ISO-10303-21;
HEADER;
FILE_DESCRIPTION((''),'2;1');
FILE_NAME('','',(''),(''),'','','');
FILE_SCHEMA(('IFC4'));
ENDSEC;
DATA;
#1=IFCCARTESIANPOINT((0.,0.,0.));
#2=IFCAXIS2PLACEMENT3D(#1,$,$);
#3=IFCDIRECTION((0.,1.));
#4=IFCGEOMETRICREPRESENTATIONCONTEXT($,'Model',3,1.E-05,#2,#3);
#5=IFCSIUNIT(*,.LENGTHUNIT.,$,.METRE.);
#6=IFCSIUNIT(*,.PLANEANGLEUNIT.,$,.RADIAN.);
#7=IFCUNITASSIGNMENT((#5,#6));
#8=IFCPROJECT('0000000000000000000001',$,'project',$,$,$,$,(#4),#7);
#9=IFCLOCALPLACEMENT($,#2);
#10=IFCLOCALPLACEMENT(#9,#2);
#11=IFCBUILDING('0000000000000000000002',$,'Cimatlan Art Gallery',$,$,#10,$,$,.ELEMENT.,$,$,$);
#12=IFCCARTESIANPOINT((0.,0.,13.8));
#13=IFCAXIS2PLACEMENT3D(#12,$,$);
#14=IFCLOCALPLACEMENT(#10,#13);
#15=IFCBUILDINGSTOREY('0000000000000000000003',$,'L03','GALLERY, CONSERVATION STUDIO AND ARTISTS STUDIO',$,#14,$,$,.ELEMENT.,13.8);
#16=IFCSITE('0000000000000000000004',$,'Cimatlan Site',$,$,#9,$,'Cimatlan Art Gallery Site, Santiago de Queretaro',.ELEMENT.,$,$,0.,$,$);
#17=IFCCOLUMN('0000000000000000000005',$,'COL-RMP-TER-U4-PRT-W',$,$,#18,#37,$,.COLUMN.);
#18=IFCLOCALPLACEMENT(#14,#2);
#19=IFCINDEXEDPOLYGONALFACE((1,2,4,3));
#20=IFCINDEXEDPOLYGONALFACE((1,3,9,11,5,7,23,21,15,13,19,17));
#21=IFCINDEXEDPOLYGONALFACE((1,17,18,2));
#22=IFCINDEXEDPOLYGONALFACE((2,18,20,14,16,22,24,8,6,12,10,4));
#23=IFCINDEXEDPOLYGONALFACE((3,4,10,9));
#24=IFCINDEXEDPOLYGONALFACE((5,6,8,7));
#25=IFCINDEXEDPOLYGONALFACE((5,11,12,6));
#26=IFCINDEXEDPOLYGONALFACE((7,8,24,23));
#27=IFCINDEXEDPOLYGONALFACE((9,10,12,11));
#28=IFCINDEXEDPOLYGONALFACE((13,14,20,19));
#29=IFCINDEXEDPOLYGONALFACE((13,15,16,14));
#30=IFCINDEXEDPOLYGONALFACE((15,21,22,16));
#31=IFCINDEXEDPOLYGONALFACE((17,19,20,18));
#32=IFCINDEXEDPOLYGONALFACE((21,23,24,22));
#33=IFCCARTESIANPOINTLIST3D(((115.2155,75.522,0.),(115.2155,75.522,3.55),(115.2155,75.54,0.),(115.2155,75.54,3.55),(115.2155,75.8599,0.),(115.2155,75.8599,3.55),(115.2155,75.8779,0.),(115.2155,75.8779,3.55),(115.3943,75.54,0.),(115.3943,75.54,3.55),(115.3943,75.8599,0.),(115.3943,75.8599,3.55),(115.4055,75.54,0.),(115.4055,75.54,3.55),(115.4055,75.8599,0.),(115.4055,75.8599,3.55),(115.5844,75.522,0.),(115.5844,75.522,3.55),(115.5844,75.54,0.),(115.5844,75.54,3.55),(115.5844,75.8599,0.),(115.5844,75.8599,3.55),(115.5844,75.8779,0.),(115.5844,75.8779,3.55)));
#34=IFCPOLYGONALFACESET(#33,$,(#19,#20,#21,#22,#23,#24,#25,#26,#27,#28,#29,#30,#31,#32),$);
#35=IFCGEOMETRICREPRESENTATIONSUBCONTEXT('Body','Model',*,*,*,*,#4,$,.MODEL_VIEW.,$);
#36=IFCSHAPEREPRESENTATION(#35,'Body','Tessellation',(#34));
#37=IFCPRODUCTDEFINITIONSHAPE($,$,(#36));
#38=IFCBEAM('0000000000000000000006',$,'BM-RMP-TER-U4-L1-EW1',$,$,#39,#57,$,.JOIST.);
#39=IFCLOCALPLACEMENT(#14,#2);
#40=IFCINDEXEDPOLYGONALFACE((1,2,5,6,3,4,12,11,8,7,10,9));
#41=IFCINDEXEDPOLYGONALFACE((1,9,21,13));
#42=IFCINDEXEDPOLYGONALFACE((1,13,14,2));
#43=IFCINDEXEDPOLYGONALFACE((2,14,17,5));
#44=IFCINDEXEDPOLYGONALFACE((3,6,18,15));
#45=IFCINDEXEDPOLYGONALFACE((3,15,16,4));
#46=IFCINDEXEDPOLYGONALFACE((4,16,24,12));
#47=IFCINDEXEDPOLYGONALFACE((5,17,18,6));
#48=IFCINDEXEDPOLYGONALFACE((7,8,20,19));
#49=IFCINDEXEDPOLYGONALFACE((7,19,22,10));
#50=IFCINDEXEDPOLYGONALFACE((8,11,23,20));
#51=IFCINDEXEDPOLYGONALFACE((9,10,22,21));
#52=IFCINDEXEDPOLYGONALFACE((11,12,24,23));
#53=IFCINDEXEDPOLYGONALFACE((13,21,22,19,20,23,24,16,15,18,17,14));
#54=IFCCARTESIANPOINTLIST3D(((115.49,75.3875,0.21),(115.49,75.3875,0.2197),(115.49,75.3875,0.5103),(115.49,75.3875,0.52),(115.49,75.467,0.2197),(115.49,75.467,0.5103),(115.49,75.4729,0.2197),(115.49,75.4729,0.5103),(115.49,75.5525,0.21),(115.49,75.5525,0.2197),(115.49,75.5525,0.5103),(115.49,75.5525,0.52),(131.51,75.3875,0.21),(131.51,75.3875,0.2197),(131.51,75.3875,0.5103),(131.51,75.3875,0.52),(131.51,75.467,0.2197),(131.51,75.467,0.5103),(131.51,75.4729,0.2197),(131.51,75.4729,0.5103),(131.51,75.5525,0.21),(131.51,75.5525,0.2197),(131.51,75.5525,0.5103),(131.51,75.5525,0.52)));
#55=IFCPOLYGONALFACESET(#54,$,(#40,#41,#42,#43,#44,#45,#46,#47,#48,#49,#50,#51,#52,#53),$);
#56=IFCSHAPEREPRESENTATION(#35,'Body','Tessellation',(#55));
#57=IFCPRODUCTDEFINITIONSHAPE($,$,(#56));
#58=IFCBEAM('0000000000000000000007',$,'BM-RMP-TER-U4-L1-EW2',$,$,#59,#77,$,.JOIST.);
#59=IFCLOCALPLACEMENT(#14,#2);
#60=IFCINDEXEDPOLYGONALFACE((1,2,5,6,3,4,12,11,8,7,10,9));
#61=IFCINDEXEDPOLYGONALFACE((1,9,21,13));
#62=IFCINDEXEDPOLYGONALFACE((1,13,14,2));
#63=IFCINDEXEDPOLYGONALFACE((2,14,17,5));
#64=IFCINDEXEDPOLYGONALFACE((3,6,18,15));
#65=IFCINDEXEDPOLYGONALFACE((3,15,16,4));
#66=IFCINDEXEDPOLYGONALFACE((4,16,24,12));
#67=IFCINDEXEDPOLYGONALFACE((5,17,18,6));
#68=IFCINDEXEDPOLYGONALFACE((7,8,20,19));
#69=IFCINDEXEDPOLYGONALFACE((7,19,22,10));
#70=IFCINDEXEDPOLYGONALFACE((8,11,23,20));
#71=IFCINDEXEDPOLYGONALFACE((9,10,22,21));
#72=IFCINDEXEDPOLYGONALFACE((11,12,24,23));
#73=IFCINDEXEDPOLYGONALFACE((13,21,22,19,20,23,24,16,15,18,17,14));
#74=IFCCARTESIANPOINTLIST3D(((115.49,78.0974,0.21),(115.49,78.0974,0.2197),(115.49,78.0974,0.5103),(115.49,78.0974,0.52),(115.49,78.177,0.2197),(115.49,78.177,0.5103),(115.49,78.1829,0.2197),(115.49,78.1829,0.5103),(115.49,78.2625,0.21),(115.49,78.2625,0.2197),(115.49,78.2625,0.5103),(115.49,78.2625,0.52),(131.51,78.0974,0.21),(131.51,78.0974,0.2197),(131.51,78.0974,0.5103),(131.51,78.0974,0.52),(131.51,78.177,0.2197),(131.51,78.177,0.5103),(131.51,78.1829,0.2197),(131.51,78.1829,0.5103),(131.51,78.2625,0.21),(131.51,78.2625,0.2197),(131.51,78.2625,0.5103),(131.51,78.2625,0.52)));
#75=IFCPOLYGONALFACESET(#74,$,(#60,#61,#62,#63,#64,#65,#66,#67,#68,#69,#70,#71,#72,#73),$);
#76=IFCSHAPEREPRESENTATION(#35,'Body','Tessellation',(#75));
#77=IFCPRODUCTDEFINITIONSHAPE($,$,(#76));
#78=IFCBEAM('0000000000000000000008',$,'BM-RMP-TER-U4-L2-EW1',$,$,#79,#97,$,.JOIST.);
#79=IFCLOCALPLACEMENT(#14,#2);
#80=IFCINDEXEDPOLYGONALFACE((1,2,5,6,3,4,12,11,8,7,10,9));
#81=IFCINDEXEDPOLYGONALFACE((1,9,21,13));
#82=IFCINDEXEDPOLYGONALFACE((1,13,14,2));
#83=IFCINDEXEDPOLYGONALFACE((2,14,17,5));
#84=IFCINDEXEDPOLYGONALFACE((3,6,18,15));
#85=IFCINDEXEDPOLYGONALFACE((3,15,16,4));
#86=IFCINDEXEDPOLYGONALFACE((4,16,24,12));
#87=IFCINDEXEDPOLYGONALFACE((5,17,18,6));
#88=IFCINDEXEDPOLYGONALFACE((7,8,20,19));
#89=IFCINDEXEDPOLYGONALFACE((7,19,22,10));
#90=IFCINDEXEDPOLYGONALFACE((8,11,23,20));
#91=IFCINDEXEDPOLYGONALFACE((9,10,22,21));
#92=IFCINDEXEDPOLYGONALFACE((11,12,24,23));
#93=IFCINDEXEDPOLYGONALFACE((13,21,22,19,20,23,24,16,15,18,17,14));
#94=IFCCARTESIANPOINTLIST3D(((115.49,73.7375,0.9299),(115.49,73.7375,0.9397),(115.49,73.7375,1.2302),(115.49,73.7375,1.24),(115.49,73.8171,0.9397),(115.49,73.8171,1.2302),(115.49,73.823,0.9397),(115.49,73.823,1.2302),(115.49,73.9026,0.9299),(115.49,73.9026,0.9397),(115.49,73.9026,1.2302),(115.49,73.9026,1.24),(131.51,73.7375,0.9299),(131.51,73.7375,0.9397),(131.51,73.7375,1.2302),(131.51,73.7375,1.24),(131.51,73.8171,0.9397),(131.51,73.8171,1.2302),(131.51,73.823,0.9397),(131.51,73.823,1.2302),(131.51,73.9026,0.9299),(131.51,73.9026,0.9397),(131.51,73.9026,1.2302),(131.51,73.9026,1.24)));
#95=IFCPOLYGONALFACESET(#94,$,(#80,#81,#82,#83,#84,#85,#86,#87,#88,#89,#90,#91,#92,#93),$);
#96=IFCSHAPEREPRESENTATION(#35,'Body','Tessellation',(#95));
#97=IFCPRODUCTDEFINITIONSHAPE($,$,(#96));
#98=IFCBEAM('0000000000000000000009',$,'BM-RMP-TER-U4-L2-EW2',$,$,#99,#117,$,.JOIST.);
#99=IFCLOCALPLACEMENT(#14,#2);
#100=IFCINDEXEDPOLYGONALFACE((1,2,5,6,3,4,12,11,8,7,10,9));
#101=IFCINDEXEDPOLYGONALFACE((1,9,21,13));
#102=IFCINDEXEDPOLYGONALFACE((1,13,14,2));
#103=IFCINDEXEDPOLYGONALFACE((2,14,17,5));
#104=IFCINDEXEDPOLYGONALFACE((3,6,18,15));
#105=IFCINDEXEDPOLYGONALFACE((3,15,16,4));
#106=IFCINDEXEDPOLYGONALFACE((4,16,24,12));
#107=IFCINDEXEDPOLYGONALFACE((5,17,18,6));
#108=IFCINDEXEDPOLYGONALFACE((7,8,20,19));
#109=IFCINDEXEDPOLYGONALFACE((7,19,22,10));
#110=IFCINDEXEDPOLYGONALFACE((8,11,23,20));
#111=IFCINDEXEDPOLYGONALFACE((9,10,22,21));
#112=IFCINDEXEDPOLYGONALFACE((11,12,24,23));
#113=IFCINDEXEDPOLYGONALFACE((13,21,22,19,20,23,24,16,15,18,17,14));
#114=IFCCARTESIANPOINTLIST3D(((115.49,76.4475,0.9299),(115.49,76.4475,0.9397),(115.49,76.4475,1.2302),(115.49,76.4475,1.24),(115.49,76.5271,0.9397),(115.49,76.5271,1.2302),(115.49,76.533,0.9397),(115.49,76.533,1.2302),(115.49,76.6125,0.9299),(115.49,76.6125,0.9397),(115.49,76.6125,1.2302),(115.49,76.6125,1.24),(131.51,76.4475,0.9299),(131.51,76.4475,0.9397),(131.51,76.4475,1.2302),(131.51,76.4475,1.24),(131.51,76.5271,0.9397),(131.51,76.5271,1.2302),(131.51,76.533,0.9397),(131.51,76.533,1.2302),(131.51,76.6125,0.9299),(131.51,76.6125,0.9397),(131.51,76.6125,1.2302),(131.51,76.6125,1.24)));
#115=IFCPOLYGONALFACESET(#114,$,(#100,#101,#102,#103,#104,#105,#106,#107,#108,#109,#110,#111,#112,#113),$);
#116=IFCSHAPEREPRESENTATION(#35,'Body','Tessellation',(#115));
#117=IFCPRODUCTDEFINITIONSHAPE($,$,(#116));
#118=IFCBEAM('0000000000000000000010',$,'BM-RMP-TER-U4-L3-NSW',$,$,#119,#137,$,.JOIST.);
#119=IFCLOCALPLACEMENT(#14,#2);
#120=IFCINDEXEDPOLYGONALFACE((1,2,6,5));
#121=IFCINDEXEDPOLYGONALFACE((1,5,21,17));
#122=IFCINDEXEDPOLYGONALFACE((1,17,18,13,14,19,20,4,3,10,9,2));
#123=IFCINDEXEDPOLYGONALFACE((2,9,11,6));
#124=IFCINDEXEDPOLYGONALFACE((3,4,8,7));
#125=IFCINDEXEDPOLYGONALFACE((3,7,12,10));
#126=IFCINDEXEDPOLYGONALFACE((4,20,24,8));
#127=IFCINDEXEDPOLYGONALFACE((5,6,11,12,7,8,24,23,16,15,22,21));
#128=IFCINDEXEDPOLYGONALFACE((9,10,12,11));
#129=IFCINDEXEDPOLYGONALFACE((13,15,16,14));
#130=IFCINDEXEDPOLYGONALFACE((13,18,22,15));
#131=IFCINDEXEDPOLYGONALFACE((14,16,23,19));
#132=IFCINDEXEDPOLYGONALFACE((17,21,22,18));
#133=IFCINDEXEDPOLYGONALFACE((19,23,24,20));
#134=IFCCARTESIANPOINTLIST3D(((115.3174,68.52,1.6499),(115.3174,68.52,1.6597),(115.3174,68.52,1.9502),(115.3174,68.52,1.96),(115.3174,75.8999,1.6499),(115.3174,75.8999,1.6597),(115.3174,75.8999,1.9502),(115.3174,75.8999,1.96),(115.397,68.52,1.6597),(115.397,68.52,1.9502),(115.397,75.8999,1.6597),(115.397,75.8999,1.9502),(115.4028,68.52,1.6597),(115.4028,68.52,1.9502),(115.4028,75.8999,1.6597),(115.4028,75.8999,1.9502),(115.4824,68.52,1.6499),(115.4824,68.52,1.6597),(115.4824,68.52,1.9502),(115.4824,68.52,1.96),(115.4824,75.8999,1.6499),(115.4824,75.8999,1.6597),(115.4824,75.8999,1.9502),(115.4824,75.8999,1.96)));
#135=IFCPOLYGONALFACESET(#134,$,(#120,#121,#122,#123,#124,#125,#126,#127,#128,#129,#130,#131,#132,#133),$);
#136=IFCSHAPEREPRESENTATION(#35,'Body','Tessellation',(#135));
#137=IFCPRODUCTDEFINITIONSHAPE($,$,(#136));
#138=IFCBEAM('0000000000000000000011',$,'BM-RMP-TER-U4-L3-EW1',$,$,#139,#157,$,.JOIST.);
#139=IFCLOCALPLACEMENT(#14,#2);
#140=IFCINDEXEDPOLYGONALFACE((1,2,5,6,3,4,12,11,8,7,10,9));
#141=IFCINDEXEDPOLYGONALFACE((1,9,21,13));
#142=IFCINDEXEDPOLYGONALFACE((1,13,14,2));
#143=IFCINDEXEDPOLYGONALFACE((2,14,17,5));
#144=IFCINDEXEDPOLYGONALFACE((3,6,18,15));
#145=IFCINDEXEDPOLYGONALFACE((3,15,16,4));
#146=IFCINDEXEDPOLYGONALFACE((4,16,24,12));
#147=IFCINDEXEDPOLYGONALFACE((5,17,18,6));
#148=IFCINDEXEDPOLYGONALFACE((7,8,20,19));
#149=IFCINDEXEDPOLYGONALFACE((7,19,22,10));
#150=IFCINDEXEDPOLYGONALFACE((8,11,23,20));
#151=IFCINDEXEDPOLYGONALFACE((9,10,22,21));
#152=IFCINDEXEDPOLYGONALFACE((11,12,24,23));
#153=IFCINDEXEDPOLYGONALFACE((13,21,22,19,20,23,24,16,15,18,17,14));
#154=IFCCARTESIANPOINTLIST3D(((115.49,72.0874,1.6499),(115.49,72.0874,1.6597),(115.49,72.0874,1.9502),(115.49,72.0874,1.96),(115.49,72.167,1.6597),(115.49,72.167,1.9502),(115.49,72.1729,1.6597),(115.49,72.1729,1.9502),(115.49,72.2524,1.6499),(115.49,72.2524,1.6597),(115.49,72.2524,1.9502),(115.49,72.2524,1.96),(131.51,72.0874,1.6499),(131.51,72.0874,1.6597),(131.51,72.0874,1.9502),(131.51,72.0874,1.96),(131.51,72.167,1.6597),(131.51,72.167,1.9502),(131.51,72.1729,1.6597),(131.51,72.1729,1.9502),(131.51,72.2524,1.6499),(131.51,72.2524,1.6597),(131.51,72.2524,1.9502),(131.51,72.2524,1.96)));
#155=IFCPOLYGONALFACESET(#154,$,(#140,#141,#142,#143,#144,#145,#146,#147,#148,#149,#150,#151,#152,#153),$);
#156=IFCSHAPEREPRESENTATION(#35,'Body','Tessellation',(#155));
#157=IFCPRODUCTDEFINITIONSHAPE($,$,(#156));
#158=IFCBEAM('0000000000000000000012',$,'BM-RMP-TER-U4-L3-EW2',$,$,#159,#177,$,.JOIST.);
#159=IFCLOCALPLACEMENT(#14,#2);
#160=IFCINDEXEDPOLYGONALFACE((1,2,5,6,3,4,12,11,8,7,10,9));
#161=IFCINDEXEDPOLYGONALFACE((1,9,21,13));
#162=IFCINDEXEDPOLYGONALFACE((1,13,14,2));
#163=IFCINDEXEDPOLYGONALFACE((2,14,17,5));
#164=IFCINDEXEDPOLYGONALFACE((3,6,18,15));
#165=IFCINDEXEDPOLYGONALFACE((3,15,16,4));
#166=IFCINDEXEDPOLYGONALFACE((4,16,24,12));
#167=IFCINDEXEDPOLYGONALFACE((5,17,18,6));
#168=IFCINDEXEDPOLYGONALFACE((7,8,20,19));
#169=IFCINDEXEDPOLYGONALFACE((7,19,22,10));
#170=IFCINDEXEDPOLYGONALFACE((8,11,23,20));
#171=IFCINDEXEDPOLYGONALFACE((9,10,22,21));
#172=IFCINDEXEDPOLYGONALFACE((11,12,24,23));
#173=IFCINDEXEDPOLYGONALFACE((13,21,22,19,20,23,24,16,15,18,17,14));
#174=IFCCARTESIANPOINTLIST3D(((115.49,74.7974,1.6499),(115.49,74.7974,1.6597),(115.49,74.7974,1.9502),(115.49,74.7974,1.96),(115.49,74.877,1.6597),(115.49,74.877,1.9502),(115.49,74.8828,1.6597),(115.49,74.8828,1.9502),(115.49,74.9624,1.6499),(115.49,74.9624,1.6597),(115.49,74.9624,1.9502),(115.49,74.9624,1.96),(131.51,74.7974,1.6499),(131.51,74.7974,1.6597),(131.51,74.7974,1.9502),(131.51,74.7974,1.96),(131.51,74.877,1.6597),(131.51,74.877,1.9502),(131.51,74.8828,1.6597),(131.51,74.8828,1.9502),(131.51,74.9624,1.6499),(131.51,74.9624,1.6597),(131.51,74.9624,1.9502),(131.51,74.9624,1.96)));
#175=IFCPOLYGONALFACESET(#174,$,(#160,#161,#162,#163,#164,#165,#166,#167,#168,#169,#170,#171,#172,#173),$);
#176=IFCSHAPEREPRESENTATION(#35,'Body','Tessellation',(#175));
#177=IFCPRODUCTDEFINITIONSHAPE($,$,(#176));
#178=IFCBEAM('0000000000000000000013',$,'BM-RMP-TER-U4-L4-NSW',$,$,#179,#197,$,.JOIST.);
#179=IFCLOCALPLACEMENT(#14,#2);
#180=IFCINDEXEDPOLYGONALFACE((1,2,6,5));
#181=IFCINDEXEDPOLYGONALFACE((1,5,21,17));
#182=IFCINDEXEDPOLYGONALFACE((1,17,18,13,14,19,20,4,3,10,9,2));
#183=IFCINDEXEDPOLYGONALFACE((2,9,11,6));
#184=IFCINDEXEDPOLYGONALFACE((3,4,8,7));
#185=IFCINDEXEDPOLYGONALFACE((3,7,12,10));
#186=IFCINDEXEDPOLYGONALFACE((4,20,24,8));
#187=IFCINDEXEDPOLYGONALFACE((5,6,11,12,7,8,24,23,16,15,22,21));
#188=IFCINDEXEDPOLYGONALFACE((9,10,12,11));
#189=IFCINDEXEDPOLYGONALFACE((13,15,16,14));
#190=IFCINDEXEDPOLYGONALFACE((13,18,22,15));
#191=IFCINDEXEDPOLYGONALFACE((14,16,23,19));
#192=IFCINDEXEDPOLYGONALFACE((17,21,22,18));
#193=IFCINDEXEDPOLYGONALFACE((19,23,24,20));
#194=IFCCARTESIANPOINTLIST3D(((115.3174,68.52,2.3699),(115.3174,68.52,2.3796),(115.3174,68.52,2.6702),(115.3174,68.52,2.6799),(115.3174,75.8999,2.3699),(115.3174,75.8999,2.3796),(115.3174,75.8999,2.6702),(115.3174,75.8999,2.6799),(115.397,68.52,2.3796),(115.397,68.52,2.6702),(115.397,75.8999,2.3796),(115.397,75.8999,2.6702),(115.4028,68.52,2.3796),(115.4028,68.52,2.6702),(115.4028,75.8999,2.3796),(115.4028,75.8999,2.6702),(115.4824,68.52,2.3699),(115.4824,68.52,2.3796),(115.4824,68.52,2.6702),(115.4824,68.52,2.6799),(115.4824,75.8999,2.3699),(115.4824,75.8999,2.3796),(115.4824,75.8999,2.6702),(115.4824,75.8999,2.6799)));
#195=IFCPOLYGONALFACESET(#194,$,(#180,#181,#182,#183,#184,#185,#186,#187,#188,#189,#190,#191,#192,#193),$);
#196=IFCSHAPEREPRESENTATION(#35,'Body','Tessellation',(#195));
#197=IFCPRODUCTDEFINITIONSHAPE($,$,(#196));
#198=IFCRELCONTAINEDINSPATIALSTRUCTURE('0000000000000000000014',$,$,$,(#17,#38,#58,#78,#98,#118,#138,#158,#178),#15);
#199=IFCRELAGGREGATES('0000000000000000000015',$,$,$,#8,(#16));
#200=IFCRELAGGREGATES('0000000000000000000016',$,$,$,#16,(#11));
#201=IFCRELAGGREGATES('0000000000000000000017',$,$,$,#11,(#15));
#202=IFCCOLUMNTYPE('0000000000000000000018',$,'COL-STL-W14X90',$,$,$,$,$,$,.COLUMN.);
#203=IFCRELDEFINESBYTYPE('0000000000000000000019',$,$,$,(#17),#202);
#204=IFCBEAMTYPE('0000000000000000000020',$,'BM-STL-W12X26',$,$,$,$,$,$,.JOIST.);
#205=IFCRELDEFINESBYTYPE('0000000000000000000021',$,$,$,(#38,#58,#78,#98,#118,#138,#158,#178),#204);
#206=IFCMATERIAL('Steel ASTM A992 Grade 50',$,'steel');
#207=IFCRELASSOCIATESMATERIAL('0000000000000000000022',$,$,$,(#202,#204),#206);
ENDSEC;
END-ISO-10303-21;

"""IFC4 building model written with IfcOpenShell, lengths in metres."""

from ifc_helpers import new_model, si_unit, direction, frame, origin, origin_2d, place, context, subcontext, project, spatial, i_section, extrude, material, material_profile, profile_set, type_object, element, save


model = new_model("IFC4")

# Units and contexts
model_context = context("Model", 3, precision=1e-05, world=origin(), true_north=direction((0.0, 1.0)))
body_context = subcontext(model_context, "Body", "Model", "MODEL_VIEW")
ifc_project = project(units=[si_unit("LENGTHUNIT", "METRE"), si_unit("PLANEANGLEUNIT", "RADIAN")], contexts=[model_context])

# Site, building, storey
site_placement = place(None, origin())
site = spatial("IfcSite", under=ifc_project, at=site_placement, Name="Cimatlan Site", LongName="Cimatlan Art Gallery Site, Santiago de Queretaro", CompositionType="ELEMENT", RefElevation=0.0)
building_placement = place(site_placement, origin())
building = spatial("IfcBuilding", under=site, at=building_placement, Name="Cimatlan Art Gallery", CompositionType="ELEMENT")
storey_placement = place(building_placement, frame((0.0, 0.0, 13.8)))
storey = spatial("IfcBuildingStorey", under=building, at=storey_placement, Name="L03", Description="GALLERY, CONSERVATION STUDIO AND ARTISTS STUDIO", CompositionType="ELEMENT", Elevation=13.8)

# Column
ifc_material_1 = material(Name="Steel ASTM A992 Grade 50", Category="steel")
ifc_material_profile_1 = material_profile(ifc_material_1, i_section(OverallWidth=0.3689, OverallDepth=0.356, WebThickness=0.0112, FlangeThickness=0.0181, at=origin_2d()), Name="W14X90")
ifc_profile_set_1 = profile_set([ifc_material_profile_1], Name="Steel ASTM A992 Grade 50")
column_type = type_object("IfcColumnType", Name="COL-STL-W14X90", PredefinedType="COLUMN", material=ifc_profile_set_1)
column_placement = place(storey_placement, frame((115.3999, 75.7, 0.0), z_axis=(0.0, 0.0, 1.0), x_axis=(1.0, 0.0, 0.0)))
element("IfcColumn", 1, at=column_placement, inside=storey, type_object=column_type, Name="COL-RMP-TER-U4-PRT-W", PredefinedType="COLUMN", context=body_context, shape_type="SweptSolid", body=[
    extrude(i_section(OverallWidth=0.3689, OverallDepth=0.356, WebThickness=0.0112, FlangeThickness=0.0181, at=origin_2d()), origin(), (0.0, 0.0, 1.0), 3.55),
])

# Beams
ifc_material_profile_2 = material_profile(ifc_material_1, i_section(OverallWidth=0.165, OverallDepth=0.3101, WebThickness=0.0059, FlangeThickness=0.0098, at=origin_2d()), Name="W12X26")
ifc_profile_set_2 = profile_set([ifc_material_profile_2], Name="Steel ASTM A992 Grade 50")
beam_type = type_object("IfcBeamType", Name="BM-STL-W12X26", PredefinedType="JOIST", material=ifc_profile_set_2)
for number, where, z_axis, x_axis, name in (
    (2, (115.49, 75.47, 0.365), (1.0, 0.0, 0.0), (0.0, 1.0, 0.0), "BM-RMP-TER-U4-L1-EW1"),
    (3, (115.49, 78.1799, 0.365), (1.0, 0.0, 0.0), (0.0, 1.0, 0.0), "BM-RMP-TER-U4-L1-EW2"),
    (4, (115.49, 73.8201, 1.085), (1.0, 0.0, 0.0), (0.0, 1.0, 0.0), "BM-RMP-TER-U4-L2-EW1"),
    (5, (115.49, 76.53, 1.085), (1.0, 0.0, 0.0), (0.0, 1.0, 0.0), "BM-RMP-TER-U4-L2-EW2"),
):
    element("IfcBeam", number, at=place(storey_placement, frame(where, z_axis=z_axis, x_axis=x_axis)), inside=storey, type_object=beam_type, Name=name, PredefinedType="JOIST", context=body_context, shape_type="SweptSolid", body=[
        extrude(i_section(OverallWidth=0.165, OverallDepth=0.3101, WebThickness=0.0059, FlangeThickness=0.0098, at=origin_2d()), origin(), (0.0, 0.0, 1.0), 16.02),
    ])
beam_1_placement = place(storey_placement, frame((115.3999, 68.52, 1.8049), z_axis=(0.0, 1.0, 0.0), x_axis=(-1.0, 0.0, 0.0)))
element("IfcBeam", 6, at=beam_1_placement, inside=storey, type_object=beam_type, Name="BM-RMP-TER-U4-L3-NSW", PredefinedType="JOIST", context=body_context, shape_type="SweptSolid", body=[
    extrude(i_section(OverallWidth=0.165, OverallDepth=0.3101, WebThickness=0.0059, FlangeThickness=0.0098, at=origin_2d()), origin(), (0.0, 0.0, 1.0), 7.3799),
])
for number, where, z_axis, x_axis, name in (
    (7, (115.49, 72.1699, 1.8049), (1.0, 0.0, 0.0), (0.0, 1.0, 0.0), "BM-RMP-TER-U4-L3-EW1"),
    (8, (115.49, 74.8799, 1.8049), (1.0, 0.0, 0.0), (0.0, 1.0, 0.0), "BM-RMP-TER-U4-L3-EW2"),
):
    element("IfcBeam", number, at=place(storey_placement, frame(where, z_axis=z_axis, x_axis=x_axis)), inside=storey, type_object=beam_type, Name=name, PredefinedType="JOIST", context=body_context, shape_type="SweptSolid", body=[
        extrude(i_section(OverallWidth=0.165, OverallDepth=0.3101, WebThickness=0.0059, FlangeThickness=0.0098, at=origin_2d()), origin(), (0.0, 0.0, 1.0), 16.02),
    ])
beam_2_placement = place(storey_placement, frame((115.3999, 68.52, 2.5249), z_axis=(0.0, 1.0, 0.0), x_axis=(-1.0, 0.0, 0.0)))
element("IfcBeam", 9, at=beam_2_placement, inside=storey, type_object=beam_type, Name="BM-RMP-TER-U4-L4-NSW", PredefinedType="JOIST", context=body_context, shape_type="SweptSolid", body=[
    extrude(i_section(OverallWidth=0.165, OverallDepth=0.3101, WebThickness=0.0059, FlangeThickness=0.0098, at=origin_2d()), origin(), (0.0, 0.0, 1.0), 7.3799),
])

save(model, "model.ifc")
